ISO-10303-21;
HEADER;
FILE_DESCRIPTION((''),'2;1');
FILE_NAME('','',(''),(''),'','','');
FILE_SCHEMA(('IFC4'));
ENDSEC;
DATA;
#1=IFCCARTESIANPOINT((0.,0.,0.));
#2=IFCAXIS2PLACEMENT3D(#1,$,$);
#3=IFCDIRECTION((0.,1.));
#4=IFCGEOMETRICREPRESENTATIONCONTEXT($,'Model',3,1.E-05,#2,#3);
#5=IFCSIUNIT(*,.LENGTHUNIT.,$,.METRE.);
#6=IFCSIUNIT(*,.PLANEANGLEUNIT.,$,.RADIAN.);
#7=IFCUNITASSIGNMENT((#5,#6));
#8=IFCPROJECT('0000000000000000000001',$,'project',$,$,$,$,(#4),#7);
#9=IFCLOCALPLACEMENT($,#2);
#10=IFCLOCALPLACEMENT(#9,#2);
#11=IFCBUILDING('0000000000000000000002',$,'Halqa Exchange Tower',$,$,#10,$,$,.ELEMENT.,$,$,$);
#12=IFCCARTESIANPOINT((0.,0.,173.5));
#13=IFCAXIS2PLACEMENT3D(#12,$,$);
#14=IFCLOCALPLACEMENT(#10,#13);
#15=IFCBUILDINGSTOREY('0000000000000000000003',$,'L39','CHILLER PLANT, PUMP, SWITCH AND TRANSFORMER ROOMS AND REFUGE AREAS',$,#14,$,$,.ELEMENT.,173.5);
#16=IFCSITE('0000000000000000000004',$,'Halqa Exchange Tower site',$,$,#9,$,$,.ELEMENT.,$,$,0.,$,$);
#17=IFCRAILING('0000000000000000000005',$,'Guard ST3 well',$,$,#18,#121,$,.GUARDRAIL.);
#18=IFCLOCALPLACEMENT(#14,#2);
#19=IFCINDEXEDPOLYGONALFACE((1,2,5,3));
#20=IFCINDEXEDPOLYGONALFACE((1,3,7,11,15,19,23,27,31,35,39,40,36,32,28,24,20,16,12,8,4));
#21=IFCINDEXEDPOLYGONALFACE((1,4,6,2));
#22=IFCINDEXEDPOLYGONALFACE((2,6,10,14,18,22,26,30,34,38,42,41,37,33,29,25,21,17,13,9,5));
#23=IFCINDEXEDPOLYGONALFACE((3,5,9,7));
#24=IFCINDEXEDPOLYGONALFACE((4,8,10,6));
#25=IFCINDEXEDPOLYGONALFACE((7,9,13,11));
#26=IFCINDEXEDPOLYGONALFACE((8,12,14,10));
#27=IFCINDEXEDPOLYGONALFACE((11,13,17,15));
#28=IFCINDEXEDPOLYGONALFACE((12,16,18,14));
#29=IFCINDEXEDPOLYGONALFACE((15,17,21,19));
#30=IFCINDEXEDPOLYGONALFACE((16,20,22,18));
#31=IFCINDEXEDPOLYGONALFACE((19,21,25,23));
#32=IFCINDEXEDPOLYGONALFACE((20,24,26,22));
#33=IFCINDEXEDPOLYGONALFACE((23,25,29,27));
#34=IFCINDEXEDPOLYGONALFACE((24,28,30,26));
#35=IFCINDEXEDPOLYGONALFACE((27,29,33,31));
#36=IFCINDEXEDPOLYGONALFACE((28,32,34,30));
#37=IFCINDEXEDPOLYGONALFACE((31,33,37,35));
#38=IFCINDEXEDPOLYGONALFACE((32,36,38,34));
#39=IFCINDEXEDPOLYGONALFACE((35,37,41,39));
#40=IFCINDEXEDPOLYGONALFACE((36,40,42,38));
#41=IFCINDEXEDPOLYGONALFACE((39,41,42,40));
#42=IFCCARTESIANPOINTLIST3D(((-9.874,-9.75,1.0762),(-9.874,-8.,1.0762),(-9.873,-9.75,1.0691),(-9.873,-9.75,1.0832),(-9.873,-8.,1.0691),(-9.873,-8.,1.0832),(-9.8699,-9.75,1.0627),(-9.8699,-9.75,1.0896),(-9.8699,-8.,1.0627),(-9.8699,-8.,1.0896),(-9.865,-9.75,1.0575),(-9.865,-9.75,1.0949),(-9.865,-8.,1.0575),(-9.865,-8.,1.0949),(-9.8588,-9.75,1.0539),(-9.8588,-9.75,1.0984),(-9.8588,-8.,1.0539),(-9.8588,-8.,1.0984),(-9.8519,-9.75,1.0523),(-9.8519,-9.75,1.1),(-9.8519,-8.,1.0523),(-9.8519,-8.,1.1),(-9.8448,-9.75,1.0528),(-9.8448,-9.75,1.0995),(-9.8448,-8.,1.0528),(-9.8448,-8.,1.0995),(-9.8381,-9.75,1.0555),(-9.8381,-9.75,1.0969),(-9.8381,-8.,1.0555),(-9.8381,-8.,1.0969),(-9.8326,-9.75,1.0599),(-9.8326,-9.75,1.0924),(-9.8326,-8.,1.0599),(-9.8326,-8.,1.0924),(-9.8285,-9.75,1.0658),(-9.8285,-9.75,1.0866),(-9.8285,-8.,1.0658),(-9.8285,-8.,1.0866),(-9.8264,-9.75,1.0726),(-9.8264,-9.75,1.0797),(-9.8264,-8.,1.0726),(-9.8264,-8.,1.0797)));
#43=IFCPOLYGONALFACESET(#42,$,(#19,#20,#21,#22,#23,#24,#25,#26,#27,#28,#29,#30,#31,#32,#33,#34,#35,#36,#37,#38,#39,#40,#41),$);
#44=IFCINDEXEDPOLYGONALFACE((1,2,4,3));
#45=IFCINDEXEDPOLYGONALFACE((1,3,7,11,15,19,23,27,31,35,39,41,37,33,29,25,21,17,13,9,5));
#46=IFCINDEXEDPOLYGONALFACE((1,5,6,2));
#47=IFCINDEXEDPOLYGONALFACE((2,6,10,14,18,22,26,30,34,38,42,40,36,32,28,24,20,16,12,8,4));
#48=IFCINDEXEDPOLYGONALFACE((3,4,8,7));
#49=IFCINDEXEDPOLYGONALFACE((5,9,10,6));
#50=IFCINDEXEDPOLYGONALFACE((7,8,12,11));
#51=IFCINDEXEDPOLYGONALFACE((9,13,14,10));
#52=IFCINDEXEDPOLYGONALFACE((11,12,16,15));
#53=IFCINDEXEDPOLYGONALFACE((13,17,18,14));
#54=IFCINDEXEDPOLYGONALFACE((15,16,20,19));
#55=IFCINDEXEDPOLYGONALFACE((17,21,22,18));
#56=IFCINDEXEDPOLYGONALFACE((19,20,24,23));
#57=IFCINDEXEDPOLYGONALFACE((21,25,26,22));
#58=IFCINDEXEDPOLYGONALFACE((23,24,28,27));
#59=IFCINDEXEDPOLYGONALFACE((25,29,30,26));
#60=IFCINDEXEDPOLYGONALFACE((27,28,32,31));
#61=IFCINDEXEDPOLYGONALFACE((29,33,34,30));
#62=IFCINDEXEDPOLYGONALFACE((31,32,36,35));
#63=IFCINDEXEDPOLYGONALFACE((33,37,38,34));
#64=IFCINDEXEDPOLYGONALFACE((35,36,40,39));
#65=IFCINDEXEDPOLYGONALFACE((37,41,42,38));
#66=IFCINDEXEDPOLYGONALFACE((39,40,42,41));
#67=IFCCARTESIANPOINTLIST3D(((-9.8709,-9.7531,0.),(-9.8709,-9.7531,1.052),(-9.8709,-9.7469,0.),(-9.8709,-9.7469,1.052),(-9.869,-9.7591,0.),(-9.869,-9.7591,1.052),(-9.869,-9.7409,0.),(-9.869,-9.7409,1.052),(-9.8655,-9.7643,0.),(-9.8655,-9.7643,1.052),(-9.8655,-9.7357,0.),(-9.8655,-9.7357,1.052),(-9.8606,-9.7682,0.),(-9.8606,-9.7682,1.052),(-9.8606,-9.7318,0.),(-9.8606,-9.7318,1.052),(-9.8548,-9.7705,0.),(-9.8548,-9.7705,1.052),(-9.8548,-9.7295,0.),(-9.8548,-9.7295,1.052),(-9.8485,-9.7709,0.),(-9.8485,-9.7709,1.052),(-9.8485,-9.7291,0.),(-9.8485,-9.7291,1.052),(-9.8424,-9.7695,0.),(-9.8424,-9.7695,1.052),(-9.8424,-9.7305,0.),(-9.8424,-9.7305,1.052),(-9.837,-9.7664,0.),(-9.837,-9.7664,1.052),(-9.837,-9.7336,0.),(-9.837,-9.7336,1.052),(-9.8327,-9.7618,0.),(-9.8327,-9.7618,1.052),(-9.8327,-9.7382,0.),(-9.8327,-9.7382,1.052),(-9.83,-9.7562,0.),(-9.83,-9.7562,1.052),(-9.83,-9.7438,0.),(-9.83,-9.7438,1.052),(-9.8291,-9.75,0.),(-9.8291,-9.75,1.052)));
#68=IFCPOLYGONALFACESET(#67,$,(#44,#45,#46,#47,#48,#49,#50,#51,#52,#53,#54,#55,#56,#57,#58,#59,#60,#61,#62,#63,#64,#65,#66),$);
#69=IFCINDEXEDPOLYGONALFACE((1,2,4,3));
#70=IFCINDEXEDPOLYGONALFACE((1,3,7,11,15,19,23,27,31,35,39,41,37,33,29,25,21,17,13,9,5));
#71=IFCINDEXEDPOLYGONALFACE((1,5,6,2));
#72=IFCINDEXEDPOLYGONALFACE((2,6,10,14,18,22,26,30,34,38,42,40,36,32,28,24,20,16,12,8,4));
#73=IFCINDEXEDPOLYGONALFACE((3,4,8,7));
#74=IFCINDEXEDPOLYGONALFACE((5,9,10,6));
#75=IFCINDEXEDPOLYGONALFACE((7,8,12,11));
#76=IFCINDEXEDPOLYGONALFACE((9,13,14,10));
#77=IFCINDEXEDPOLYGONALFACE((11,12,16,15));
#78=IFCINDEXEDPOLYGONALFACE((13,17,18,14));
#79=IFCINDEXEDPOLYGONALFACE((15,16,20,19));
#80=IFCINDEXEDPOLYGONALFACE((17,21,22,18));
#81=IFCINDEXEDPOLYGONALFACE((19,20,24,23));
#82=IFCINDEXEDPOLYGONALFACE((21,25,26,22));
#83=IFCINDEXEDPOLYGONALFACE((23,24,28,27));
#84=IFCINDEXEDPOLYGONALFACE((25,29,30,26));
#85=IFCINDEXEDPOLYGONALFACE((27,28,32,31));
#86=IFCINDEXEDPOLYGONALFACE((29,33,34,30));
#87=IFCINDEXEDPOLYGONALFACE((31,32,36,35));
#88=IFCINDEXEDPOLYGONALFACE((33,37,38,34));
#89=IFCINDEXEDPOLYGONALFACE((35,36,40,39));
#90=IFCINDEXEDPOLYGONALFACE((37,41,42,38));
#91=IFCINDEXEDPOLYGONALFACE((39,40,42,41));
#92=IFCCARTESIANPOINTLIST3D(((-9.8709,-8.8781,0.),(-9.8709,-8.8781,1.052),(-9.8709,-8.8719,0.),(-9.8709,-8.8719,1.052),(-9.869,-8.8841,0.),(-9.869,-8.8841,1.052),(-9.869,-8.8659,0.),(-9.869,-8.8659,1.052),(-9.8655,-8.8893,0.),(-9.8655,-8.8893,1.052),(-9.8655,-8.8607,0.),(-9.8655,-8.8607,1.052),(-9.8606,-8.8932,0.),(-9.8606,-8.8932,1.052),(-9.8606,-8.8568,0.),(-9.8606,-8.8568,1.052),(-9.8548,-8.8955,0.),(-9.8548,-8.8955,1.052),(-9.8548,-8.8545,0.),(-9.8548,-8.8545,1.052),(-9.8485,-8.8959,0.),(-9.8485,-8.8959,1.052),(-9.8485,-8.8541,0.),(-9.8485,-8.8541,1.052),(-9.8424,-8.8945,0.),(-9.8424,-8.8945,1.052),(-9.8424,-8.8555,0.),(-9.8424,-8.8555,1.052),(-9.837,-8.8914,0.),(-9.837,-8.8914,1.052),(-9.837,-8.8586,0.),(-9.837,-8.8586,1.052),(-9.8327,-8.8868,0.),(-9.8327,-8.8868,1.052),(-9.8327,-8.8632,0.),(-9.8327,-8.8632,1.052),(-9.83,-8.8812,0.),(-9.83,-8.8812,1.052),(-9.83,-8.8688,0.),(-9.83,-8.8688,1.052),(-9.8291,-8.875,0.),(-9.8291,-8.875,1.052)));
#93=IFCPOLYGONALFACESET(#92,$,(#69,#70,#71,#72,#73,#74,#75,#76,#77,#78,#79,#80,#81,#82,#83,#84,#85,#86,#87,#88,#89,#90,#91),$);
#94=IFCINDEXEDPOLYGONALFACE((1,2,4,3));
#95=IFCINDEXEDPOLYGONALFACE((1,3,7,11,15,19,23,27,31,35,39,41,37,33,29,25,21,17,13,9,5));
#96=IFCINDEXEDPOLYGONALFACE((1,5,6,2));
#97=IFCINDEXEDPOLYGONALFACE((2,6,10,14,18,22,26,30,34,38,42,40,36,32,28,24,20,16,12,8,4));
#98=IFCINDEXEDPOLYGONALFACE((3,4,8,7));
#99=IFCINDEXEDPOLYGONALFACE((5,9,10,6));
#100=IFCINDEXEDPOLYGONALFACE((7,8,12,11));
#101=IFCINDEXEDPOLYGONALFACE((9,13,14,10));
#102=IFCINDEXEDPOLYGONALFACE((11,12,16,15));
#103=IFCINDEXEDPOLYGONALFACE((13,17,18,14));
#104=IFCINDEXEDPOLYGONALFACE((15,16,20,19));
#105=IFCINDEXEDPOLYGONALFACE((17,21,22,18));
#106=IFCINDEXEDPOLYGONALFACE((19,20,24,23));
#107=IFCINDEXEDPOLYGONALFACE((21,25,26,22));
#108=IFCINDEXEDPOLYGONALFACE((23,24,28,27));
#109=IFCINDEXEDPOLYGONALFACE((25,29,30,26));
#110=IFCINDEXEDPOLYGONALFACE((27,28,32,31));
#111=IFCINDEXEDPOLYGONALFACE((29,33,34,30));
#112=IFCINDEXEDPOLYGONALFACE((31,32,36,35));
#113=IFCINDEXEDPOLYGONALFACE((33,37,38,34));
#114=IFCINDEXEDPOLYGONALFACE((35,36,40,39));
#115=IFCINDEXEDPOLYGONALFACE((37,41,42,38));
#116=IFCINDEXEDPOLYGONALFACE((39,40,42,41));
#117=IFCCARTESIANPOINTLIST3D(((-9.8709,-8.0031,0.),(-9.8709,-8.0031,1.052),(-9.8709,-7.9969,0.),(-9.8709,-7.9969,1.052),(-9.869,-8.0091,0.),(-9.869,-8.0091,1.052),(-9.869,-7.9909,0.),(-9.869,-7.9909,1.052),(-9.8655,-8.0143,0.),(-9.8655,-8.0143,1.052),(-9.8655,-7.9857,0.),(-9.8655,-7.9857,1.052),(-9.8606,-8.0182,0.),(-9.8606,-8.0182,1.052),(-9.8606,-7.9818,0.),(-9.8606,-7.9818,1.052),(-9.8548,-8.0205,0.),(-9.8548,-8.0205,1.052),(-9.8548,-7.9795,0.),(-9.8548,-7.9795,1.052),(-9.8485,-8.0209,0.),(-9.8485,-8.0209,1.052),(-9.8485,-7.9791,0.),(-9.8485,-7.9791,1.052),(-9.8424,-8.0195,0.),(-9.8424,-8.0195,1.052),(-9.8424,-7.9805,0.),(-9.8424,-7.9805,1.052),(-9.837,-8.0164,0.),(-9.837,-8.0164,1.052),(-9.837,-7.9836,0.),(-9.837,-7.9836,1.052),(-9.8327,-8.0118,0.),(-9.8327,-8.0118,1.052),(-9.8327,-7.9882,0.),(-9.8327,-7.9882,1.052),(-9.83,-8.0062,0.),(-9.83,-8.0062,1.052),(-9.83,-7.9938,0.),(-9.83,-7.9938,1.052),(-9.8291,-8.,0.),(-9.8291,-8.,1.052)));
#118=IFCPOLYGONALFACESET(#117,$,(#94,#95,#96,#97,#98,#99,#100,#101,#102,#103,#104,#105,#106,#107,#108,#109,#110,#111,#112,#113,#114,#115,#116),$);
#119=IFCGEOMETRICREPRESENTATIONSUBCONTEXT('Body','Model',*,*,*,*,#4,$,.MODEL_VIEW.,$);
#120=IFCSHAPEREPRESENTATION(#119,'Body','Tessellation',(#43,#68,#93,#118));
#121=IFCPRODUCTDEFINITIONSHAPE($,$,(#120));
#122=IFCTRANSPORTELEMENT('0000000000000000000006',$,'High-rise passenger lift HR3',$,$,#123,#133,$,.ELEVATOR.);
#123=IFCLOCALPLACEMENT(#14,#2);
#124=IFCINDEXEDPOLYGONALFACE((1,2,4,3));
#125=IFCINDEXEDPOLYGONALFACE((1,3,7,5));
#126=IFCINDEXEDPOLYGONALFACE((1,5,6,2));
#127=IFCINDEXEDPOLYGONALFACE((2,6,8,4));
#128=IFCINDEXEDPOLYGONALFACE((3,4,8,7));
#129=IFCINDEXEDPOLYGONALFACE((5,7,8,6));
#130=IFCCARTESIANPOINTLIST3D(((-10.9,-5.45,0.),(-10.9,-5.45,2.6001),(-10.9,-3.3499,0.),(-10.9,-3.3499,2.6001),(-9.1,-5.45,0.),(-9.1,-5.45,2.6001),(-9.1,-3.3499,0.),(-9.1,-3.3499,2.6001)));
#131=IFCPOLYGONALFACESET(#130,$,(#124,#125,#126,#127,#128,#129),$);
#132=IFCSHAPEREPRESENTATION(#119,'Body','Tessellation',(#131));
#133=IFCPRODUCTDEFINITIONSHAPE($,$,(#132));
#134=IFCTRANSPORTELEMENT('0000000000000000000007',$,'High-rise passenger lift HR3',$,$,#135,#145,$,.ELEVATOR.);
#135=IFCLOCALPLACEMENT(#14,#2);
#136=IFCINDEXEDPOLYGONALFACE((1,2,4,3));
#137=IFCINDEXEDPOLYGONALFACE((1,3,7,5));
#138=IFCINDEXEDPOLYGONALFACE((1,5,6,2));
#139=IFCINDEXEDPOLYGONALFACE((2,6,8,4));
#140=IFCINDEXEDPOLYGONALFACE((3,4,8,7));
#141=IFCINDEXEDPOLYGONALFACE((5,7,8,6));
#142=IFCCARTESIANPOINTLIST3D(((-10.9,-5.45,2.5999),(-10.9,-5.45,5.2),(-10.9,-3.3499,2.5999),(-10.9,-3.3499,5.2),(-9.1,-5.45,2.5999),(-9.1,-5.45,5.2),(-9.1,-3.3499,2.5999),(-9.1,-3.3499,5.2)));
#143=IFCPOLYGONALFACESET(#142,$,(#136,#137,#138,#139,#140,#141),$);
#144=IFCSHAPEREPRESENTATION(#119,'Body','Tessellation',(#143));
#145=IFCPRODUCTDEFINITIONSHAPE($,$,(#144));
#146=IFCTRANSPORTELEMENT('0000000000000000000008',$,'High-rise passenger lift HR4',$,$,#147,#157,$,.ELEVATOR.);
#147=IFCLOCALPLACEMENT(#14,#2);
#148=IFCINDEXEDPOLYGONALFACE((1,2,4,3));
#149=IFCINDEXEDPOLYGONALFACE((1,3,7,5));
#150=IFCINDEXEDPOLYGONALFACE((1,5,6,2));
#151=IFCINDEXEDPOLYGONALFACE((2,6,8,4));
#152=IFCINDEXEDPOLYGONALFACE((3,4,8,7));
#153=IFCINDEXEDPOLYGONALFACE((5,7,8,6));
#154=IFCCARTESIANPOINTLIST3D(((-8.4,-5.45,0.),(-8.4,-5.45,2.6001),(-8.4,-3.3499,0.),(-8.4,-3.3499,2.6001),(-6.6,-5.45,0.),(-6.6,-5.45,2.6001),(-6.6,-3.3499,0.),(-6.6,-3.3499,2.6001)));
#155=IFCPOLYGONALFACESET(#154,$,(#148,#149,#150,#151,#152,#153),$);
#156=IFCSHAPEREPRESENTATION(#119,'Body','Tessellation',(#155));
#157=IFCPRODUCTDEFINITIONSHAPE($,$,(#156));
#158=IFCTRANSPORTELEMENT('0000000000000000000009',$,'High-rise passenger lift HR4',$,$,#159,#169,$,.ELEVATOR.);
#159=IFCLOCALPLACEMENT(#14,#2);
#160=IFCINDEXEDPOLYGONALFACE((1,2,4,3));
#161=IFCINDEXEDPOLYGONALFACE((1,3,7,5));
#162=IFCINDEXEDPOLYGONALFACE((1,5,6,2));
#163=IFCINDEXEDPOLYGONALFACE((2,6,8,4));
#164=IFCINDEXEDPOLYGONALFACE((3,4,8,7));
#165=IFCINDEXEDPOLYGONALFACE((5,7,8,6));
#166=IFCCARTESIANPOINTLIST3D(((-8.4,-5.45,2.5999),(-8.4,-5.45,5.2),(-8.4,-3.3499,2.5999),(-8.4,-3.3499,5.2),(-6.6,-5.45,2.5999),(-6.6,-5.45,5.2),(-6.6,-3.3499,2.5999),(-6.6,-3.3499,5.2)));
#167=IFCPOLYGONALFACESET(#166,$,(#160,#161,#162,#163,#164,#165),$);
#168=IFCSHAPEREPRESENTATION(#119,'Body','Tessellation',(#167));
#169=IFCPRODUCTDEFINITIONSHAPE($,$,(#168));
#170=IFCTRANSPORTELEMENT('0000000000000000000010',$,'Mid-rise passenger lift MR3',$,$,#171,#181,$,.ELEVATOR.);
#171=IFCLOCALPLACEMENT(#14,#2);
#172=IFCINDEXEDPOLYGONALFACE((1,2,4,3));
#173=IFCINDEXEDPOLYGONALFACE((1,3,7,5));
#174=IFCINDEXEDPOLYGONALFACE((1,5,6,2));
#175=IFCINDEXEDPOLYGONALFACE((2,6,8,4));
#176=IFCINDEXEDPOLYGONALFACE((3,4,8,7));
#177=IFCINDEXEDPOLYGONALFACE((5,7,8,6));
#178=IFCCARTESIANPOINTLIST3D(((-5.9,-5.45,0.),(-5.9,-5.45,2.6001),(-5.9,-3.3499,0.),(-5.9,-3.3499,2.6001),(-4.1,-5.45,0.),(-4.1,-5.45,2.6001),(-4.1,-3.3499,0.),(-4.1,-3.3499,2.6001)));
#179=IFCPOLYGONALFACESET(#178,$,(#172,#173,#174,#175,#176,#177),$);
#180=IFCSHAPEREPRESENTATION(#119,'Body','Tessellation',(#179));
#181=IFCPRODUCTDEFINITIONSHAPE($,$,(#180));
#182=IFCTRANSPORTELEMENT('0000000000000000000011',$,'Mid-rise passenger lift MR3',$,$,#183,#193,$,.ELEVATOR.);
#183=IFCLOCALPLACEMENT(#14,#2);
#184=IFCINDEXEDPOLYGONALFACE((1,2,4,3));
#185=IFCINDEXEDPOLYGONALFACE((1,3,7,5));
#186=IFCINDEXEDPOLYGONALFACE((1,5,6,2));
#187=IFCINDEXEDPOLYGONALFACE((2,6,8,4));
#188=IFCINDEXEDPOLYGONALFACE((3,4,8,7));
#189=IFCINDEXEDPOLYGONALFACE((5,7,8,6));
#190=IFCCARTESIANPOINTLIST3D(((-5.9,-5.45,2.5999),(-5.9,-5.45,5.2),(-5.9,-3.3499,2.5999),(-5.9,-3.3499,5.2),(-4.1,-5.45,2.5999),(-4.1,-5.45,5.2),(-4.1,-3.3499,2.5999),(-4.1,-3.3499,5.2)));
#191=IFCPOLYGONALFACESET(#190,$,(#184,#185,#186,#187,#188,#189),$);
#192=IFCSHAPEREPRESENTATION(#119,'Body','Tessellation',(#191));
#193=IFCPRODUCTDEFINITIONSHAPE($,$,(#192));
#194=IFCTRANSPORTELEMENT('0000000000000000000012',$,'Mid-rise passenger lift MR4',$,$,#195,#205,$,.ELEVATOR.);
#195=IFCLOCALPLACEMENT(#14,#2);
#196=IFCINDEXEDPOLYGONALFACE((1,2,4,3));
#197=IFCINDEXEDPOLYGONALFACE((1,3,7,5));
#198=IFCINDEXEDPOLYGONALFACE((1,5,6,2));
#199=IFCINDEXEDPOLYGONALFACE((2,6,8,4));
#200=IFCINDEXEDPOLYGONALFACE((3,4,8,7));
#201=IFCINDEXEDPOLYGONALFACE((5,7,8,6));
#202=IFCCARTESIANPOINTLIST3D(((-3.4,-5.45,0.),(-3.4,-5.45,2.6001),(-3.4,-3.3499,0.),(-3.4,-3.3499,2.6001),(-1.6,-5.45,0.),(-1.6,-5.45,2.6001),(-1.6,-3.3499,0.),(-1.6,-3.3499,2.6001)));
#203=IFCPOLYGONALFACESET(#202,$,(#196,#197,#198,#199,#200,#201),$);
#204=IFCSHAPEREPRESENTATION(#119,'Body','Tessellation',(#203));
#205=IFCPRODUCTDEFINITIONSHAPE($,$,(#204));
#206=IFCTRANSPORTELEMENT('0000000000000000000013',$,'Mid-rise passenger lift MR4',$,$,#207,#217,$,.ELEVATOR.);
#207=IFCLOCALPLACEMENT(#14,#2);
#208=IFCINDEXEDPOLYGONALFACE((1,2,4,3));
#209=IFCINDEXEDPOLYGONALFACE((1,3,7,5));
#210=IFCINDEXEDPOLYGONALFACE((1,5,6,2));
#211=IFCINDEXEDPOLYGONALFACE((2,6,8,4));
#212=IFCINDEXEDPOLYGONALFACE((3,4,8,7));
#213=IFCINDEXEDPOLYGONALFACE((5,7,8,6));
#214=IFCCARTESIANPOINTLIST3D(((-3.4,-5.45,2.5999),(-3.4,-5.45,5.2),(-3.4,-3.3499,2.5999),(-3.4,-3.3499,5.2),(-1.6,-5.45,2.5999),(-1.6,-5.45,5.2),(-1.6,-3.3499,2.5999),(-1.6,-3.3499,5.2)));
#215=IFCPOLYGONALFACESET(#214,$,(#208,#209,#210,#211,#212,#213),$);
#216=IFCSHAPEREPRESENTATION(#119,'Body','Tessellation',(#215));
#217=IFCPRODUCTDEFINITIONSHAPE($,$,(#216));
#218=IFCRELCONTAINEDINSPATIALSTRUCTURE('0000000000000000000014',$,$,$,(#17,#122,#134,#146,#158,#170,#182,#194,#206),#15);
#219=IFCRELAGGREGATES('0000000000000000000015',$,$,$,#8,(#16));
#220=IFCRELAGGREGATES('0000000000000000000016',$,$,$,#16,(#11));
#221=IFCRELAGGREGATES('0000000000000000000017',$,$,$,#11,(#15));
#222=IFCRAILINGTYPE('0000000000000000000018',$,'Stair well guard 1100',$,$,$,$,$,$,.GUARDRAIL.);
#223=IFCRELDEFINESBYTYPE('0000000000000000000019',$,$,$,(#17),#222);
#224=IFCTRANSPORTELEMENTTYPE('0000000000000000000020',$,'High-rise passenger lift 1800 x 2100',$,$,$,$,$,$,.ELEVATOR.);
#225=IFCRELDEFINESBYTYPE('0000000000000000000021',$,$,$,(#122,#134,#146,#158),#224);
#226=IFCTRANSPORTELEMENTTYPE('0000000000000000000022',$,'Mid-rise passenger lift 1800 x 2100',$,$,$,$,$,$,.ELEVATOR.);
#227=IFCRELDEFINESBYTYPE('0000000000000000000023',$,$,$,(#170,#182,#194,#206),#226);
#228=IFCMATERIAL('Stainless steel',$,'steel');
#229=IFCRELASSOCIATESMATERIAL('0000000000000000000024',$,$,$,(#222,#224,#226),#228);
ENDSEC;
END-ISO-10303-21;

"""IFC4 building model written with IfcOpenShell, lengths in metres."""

from ifc_helpers import new_model, si_unit, direction, frame, origin, origin_2d, place, context, subcontext, project, spatial, rectangle, circle, extrude, material, type_object, element, save


model = new_model("IFC4")

# Units and contexts
model_context = context("Model", 3, precision=1e-05, world=origin(), true_north=direction((0.0, 1.0)))
body_context = subcontext(model_context, "Body", "Model", "MODEL_VIEW")
ifc_project = project(units=[si_unit("LENGTHUNIT", "METRE"), si_unit("PLANEANGLEUNIT", "RADIAN")], contexts=[model_context])

# Site, building, storey
site_placement = place(None, origin())
site = spatial("IfcSite", under=ifc_project, at=site_placement, Name="Halqa Exchange Tower site", CompositionType="ELEMENT", RefElevation=0.0)
building_placement = place(site_placement, origin())
building = spatial("IfcBuilding", under=site, at=building_placement, Name="Halqa Exchange Tower", CompositionType="ELEMENT")
storey_placement = place(building_placement, frame((0.0, 0.0, 173.5)))
storey = spatial("IfcBuildingStorey", under=building, at=storey_placement, Name="L39", Description="CHILLER PLANT, PUMP, SWITCH AND TRANSFORMER ROOMS AND REFUGE AREAS", CompositionType="ELEMENT", Elevation=173.5)

# Railing
ifc_material_1 = material(Name="Stainless steel", Category="steel")
railing_type_1 = type_object("IfcRailingType", Name="Stair well guard 1100", PredefinedType="GUARDRAIL", material=ifc_material_1)
railing_1_placement = place(storey_placement, frame((-9.8501, -9.75, 0.0)))
element("IfcRailing", 1, at=railing_1_placement, inside=storey, type_object=railing_type_1, Name="Guard ST3 well", PredefinedType="GUARDRAIL", context=body_context, shape_type="SweptSolid", body=[
    extrude(circle(Radius=0.0239, at=origin_2d()), frame((0.0, 0.0, 1.0762), z_axis=(0.0, 1.0, 0.0), x_axis=(-1.0, 0.0, 0.0)), (0.0, 0.0, 1.0), 1.75),
    extrude(circle(Radius=0.021, at=origin_2d()), origin(), (0.0, 0.0, 1.0), 1.052),
    extrude(circle(Radius=0.021, at=origin_2d()), frame((0.0, 0.875, 0.0)), (0.0, 0.0, 1.0), 1.052),
    extrude(circle(Radius=0.021, at=origin_2d()), frame((0.0, 1.75, 0.0)), (0.0, 0.0, 1.0), 1.052),
])

# Transport elements
transport_element_type_1 = type_object("IfcTransportElementType", Name="High-rise passenger lift 1800 x 2100", PredefinedType="ELEVATOR", material=ifc_material_1)
for number, where, z_axis, x_axis, name in (
    (2, (-10.0, -4.3999, 0.0), (0.0, 0.0, 1.0), (1.0, 0.0, 0.0), "High-rise passenger lift HR3"),
    (3, (-10.0, -4.3999, 2.5999), (0.0, 0.0, 1.0), (1.0, 0.0, 0.0), "High-rise passenger lift HR3"),
    (4, (-7.5, -4.3999, 0.0), (0.0, 0.0, 1.0), (1.0, 0.0, 0.0), "High-rise passenger lift HR4"),
    (5, (-7.5, -4.3999, 2.5999), (0.0, 0.0, 1.0), (1.0, 0.0, 0.0), "High-rise passenger lift HR4"),
):
    element("IfcTransportElement", number, at=place(storey_placement, frame(where, z_axis=z_axis, x_axis=x_axis)), inside=storey, type_object=transport_element_type_1, Name=name, PredefinedType="ELEVATOR", context=body_context, shape_type="SweptSolid", body=[
        extrude(rectangle(XDim=1.8, YDim=2.1001, at=origin_2d()), origin(), (0.0, 0.0, 1.0), 2.6001),
    ])
transport_element_type_2 = type_object("IfcTransportElementType", Name="Mid-rise passenger lift 1800 x 2100", PredefinedType="ELEVATOR", material=ifc_material_1)
for number, where, z_axis, x_axis, name in (
    (6, (-5.0, -4.3999, 0.0), (0.0, 0.0, 1.0), (1.0, 0.0, 0.0), "Mid-rise passenger lift MR3"),
    (7, (-5.0, -4.3999, 2.5999), (0.0, 0.0, 1.0), (1.0, 0.0, 0.0), "Mid-rise passenger lift MR3"),
    (8, (-2.5, -4.3999, 0.0), (0.0, 0.0, 1.0), (1.0, 0.0, 0.0), "Mid-rise passenger lift MR4"),
    (9, (-2.5, -4.3999, 2.5999), (0.0, 0.0, 1.0), (1.0, 0.0, 0.0), "Mid-rise passenger lift MR4"),
):
    element("IfcTransportElement", number, at=place(storey_placement, frame(where, z_axis=z_axis, x_axis=x_axis)), inside=storey, type_object=transport_element_type_2, Name=name, PredefinedType="ELEVATOR", context=body_context, shape_type="SweptSolid", body=[
        extrude(rectangle(XDim=1.8, YDim=2.1001, at=origin_2d()), origin(), (0.0, 0.0, 1.0), 2.6001),
    ])

save(model, "model.ifc")
